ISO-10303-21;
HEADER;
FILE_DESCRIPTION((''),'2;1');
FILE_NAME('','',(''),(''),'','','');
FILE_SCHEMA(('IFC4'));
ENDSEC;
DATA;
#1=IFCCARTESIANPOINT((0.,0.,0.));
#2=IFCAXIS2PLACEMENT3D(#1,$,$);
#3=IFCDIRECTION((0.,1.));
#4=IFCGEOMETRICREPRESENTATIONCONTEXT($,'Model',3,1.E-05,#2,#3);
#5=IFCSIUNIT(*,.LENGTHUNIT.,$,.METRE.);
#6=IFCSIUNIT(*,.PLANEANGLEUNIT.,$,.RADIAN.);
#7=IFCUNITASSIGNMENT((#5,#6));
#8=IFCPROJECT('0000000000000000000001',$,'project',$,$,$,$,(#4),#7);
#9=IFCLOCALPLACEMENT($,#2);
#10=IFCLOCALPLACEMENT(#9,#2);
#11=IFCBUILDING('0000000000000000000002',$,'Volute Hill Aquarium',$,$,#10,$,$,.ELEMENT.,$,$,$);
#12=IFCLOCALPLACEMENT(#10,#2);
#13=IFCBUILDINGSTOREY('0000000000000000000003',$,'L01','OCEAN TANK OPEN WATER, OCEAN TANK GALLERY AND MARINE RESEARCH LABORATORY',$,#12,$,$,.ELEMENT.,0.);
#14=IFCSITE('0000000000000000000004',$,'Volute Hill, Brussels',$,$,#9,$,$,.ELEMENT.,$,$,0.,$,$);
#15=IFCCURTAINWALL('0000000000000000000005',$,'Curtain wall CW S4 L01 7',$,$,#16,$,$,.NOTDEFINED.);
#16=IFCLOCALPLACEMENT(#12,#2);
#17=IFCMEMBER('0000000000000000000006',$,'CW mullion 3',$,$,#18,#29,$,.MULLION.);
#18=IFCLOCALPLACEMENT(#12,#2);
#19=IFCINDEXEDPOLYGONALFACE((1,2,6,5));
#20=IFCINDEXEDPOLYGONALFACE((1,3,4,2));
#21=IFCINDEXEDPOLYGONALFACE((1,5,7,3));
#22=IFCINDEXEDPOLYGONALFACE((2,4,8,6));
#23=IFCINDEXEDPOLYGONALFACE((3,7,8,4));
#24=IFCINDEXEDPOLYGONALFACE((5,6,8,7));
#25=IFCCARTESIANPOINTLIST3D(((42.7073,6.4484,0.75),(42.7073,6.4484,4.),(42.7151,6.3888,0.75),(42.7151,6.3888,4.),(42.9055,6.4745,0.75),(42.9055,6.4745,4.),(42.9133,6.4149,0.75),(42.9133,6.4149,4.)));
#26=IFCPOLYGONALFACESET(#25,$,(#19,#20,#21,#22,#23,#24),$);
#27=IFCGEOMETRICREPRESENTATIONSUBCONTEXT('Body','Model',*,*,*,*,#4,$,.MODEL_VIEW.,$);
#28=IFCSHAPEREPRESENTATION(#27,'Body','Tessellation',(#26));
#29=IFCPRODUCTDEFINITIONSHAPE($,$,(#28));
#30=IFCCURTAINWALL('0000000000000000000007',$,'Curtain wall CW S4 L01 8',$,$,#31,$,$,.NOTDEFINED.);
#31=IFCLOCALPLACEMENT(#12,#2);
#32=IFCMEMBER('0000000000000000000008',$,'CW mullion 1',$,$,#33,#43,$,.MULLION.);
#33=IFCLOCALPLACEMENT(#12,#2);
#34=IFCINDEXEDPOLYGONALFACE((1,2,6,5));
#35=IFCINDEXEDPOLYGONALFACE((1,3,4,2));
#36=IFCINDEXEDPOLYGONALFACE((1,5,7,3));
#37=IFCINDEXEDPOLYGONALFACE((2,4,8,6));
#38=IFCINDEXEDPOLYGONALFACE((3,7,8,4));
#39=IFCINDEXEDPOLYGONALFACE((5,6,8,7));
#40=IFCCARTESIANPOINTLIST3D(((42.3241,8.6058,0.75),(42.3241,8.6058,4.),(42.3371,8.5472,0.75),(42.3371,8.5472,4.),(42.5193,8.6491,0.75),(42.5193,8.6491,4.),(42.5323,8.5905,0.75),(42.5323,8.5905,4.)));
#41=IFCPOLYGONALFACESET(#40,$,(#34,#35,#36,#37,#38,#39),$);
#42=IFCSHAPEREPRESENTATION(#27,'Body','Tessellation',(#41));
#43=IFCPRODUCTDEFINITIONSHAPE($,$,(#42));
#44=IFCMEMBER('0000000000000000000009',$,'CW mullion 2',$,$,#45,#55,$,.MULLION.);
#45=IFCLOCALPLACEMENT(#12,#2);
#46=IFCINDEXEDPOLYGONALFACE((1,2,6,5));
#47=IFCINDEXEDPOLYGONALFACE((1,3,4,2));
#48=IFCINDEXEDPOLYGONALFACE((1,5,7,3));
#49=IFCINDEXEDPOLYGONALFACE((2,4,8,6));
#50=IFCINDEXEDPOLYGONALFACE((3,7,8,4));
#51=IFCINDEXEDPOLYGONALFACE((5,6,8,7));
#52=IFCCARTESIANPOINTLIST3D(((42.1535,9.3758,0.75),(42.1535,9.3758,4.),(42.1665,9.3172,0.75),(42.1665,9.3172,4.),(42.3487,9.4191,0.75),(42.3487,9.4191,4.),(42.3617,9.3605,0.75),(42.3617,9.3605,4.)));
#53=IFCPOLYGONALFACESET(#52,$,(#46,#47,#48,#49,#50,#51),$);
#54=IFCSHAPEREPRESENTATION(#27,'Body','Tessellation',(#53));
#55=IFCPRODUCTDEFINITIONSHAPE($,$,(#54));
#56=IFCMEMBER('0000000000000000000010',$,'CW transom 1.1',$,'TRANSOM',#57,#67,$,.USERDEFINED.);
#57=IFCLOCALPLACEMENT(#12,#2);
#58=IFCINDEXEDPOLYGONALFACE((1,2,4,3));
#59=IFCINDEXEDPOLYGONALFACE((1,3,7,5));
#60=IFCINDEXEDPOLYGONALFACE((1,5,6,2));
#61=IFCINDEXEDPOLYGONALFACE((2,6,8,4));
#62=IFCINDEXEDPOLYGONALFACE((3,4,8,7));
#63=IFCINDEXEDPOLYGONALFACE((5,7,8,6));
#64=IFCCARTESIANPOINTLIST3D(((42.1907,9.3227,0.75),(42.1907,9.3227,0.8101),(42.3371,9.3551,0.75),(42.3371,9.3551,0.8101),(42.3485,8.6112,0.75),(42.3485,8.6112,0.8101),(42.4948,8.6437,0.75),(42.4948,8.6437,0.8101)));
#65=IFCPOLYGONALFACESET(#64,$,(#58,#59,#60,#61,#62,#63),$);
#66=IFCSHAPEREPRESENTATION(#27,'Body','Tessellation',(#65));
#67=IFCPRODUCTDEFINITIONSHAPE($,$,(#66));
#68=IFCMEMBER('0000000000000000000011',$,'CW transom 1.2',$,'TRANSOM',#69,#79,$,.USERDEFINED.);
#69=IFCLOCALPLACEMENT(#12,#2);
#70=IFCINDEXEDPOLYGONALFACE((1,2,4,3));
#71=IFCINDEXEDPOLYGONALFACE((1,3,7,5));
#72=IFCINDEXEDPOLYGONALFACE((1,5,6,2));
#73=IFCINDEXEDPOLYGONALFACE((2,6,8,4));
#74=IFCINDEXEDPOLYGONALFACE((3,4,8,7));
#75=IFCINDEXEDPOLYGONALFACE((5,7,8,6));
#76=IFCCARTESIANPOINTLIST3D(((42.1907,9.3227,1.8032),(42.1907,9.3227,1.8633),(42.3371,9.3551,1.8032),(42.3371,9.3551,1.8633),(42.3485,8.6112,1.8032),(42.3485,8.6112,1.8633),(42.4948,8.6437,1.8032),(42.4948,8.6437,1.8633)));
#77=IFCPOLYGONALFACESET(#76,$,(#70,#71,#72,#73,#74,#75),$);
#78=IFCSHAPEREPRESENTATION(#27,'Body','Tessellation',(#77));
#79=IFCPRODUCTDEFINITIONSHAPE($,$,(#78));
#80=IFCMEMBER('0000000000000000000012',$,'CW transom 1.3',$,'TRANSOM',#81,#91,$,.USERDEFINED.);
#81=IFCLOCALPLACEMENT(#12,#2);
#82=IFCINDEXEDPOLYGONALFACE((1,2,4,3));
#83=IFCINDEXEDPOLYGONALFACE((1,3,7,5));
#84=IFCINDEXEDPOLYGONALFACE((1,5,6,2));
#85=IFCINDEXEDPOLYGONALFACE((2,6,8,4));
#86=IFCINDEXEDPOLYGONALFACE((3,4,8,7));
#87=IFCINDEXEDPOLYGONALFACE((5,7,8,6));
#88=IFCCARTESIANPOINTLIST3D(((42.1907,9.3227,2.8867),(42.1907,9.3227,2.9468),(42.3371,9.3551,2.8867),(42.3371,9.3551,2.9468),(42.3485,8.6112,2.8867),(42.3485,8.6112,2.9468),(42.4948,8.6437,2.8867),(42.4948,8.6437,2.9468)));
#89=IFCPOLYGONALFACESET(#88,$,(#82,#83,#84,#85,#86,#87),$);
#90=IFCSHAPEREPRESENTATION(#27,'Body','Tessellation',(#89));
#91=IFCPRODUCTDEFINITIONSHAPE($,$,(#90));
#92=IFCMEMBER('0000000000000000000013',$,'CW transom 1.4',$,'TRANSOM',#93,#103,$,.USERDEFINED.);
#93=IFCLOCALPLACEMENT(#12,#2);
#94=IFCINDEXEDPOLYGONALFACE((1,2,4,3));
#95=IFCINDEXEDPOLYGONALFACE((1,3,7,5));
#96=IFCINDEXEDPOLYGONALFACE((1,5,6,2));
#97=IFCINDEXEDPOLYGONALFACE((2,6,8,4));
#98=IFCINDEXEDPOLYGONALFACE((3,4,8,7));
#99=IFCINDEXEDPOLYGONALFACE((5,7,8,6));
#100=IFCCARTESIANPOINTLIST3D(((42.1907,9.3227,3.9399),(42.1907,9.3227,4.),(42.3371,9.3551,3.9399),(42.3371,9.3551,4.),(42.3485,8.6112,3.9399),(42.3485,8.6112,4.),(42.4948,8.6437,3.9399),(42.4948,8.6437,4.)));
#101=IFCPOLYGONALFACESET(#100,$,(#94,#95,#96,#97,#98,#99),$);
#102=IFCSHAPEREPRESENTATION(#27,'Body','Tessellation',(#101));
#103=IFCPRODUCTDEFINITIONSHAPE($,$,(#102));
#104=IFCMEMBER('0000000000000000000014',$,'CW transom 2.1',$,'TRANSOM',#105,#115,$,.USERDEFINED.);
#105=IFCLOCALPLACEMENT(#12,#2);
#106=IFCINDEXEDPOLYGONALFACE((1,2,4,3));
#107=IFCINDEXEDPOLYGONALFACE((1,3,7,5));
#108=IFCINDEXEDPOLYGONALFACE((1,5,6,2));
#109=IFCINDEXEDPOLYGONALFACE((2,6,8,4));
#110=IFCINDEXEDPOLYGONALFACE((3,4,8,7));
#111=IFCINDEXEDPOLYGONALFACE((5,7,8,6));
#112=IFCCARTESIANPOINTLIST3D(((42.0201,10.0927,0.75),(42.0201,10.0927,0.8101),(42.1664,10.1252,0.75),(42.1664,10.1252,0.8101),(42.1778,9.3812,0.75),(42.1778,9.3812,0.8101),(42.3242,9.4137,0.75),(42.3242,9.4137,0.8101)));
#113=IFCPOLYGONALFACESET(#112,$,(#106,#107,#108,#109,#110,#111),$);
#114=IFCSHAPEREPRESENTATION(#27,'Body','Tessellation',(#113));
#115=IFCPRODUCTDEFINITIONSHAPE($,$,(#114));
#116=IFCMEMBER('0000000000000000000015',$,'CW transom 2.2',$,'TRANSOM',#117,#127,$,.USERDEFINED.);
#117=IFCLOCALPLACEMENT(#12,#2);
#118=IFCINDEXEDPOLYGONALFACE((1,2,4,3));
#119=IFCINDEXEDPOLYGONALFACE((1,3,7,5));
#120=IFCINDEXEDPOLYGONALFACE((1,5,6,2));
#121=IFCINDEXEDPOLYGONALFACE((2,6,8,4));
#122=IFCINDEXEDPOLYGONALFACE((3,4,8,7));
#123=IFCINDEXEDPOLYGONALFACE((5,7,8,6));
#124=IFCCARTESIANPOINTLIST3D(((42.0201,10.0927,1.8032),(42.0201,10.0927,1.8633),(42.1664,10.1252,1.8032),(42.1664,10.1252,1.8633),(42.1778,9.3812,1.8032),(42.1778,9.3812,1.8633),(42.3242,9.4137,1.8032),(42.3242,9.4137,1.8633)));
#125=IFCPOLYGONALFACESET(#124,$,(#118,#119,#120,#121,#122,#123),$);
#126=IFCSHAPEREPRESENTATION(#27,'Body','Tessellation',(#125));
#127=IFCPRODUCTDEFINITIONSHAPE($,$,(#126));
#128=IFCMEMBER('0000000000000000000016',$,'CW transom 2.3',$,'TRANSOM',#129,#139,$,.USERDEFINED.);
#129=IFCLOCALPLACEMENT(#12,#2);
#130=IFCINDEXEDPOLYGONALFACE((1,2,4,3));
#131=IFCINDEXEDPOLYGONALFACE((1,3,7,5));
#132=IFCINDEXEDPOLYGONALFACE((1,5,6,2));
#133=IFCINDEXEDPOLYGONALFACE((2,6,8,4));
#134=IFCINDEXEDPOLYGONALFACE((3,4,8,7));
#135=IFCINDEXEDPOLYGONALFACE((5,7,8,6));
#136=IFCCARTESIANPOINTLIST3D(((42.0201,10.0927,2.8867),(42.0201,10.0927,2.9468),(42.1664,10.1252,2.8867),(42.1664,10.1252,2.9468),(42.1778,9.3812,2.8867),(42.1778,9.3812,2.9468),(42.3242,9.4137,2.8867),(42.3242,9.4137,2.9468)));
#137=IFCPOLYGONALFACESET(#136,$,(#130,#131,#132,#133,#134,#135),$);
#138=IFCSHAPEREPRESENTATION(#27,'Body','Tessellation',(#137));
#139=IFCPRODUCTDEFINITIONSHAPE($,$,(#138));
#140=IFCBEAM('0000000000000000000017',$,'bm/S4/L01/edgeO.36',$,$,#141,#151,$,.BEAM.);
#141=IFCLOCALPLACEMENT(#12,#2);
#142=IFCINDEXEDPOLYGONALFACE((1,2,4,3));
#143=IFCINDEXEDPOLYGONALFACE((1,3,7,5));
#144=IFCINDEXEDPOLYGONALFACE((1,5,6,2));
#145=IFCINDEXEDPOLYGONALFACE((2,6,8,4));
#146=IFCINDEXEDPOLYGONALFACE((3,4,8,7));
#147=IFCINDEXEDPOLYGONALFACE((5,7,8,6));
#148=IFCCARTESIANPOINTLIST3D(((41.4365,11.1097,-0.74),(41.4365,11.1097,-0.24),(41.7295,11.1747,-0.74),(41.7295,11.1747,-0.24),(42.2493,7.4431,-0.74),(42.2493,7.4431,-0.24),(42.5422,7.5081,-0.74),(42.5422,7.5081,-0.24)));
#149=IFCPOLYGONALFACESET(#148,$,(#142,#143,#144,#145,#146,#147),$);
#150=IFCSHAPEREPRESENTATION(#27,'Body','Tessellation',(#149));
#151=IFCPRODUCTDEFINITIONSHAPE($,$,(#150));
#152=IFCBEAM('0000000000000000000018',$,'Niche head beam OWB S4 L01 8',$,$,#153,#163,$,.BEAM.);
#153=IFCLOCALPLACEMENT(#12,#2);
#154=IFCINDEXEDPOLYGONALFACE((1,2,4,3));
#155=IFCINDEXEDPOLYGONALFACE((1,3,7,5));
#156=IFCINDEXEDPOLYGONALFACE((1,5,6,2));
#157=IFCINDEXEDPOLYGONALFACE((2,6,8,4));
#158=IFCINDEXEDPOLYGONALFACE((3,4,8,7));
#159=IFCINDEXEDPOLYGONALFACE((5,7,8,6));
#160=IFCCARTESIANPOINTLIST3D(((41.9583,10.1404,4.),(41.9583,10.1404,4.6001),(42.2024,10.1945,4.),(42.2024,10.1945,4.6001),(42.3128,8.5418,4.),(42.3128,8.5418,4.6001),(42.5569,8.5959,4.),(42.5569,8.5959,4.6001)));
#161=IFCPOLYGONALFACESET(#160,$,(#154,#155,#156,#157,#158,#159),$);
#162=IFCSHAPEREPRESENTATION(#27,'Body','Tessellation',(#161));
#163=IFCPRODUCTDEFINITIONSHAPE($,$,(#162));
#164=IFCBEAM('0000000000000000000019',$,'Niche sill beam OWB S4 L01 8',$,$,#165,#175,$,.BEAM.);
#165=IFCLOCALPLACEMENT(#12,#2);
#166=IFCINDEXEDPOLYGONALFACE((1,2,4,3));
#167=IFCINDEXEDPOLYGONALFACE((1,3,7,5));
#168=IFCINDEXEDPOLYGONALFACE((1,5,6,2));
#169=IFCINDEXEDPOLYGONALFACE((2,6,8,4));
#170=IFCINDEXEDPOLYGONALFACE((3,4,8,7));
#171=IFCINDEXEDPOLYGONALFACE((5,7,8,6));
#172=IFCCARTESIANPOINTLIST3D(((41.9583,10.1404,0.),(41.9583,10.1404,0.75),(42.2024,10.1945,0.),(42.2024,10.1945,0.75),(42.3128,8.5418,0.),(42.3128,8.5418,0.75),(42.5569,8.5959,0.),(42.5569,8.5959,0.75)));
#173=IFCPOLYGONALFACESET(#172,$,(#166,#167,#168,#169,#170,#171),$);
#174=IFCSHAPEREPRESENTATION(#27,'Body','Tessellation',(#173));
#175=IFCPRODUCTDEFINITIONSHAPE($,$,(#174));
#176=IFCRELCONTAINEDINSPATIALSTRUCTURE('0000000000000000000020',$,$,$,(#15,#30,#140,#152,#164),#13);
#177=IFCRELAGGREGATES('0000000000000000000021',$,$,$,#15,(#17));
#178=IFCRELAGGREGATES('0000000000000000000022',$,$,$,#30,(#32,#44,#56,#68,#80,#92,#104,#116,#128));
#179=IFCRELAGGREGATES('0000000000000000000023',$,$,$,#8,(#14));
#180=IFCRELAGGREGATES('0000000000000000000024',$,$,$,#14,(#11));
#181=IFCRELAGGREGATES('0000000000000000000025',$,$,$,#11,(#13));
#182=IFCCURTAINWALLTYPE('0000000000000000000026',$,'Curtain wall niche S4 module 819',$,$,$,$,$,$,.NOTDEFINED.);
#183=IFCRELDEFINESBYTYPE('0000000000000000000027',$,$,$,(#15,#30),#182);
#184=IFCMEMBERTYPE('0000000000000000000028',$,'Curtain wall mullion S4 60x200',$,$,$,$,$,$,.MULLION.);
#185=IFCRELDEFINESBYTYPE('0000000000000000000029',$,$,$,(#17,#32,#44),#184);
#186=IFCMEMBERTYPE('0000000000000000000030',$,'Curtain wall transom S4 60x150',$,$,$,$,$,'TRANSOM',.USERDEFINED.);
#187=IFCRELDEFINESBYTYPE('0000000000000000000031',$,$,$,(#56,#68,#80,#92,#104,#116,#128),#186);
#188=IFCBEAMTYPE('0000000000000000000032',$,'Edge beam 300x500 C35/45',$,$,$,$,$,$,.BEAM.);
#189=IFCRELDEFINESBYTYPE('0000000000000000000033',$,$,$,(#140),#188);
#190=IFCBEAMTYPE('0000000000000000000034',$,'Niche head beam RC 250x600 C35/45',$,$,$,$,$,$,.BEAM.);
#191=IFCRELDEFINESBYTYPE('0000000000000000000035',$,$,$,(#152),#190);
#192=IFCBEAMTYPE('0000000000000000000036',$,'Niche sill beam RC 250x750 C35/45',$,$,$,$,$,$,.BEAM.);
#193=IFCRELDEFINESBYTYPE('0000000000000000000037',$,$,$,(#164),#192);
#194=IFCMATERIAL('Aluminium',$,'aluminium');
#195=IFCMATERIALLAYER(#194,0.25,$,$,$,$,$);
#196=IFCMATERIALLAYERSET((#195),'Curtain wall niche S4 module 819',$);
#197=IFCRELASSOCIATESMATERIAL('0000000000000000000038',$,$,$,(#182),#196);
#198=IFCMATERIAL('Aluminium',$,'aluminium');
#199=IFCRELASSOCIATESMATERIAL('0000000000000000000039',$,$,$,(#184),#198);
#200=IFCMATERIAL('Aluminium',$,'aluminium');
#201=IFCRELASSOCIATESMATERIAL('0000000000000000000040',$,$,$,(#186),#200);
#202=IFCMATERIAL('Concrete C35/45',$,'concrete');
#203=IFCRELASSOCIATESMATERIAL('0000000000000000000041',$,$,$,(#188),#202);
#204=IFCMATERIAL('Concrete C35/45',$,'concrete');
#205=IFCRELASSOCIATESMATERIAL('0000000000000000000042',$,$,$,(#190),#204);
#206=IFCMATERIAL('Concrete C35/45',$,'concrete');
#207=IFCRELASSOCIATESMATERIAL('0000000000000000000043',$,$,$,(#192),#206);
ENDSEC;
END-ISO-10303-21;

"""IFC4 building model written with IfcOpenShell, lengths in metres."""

from ifc_helpers import new_model, si_unit, direction, frame, origin, origin_2d, place, context, subcontext, project, spatial, rectangle, extrude, material, layer, layer_set, material_profile, profile_set, type_object, element, aggregate, save


model = new_model("IFC4")

# Units and contexts
model_context = context("Model", 3, precision=1e-05, world=origin(), true_north=direction((0.0, 1.0)))
body_context = subcontext(model_context, "Body", "Model", "MODEL_VIEW")
ifc_project = project(units=[si_unit("LENGTHUNIT", "METRE"), si_unit("PLANEANGLEUNIT", "RADIAN")], contexts=[model_context])

# Site, building, storey
site_placement = place(None, origin())
site = spatial("IfcSite", under=ifc_project, at=site_placement, Name="Volute Hill, Brussels", CompositionType="ELEMENT", RefElevation=0.0)
building_placement = place(site_placement, origin())
building = spatial("IfcBuilding", under=site, at=building_placement, Name="Volute Hill Aquarium", CompositionType="ELEMENT")
storey_placement = place(building_placement, origin())
storey = spatial("IfcBuildingStorey", under=building, at=storey_placement, Name="L01", Description="OCEAN TANK OPEN WATER, OCEAN TANK GALLERY AND MARINE RESEARCH LABORATORY", CompositionType="ELEMENT", Elevation=0.0)

# Curtain wall, member
ifc_material_1 = material(Name="Aluminium", Category="aluminium")
ifc_layer_1 = layer(ifc_material_1, 0.25)
ifc_layer_set_1 = layer_set([ifc_layer_1], Name="Curtain wall niche S4 module 819")
curtain_wall_type = type_object("IfcCurtainWallType", Name="Curtain wall niche S4 module 819", PredefinedType="NOTDEFINED", material=ifc_layer_set_1)
curtain_wall_1_placement = place(storey_placement, origin())
curtain_wall_1 = element("IfcCurtainWall", 1, at=curtain_wall_1_placement, inside=storey, type_object=curtain_wall_type, Name="Curtain wall CW S4 L01 7", PredefinedType="NOTDEFINED")
ifc_material_2 = material(Name="Aluminium", Category="aluminium")
ifc_material_profile_1 = material_profile(ifc_material_2, rectangle(XDim=0.2, YDim=0.0601, at=origin_2d()), Name="Curtain wall mullion S4 60x200")
ifc_profile_set_1 = profile_set([ifc_material_profile_1], Name="Aluminium")
member_type_1 = type_object("IfcMemberType", Name="Curtain wall mullion S4 60x200", PredefinedType="MULLION", material=ifc_profile_set_1)
member_1_placement = place(storey_placement, frame((42.8103, 6.4316, 0.75), z_axis=(0.0, 0.0, 1.0), x_axis=(-0.991446, -0.130516, 0.0)))
member_1 = element("IfcMember", 2, at=member_1_placement, type_object=member_type_1, Name="CW mullion 3", PredefinedType="MULLION", context=body_context, shape_type="SweptSolid", body=[
    extrude(rectangle(XDim=0.2, YDim=0.0601, at=origin_2d()), origin(), (0.0, 0.0, 1.0), 3.25),
])

# Curtain wall, members
curtain_wall_2_placement = place(storey_placement, origin())
curtain_wall_2 = element("IfcCurtainWall", 3, at=curtain_wall_2_placement, inside=storey, type_object=curtain_wall_type, Name="Curtain wall CW S4 L01 8", PredefinedType="NOTDEFINED")
member_2_placement = place(storey_placement, frame((42.4282, 8.5981, 0.75), z_axis=(0.0, 0.0, 1.0), x_axis=(-0.976297, -0.216436, 0.0)))
member_2 = element("IfcMember", 4, at=member_2_placement, type_object=member_type_1, Name="CW mullion 1", PredefinedType="MULLION", context=body_context, shape_type="SweptSolid", body=[
    extrude(rectangle(XDim=0.2, YDim=0.0601, at=origin_2d()), origin(), (0.0, 0.0, 1.0), 3.25),
])
member_3_placement = place(storey_placement, frame((42.2576, 9.3682, 0.75), z_axis=(0.0, 0.0, 1.0), x_axis=(-0.976297, -0.216436, 0.0)))
member_3 = element("IfcMember", 5, at=member_3_placement, type_object=member_type_1, Name="CW mullion 2", PredefinedType="MULLION", context=body_context, shape_type="SweptSolid", body=[
    extrude(rectangle(XDim=0.2, YDim=0.0601, at=origin_2d()), origin(), (0.0, 0.0, 1.0), 3.25),
])
ifc_material_3 = material(Name="Aluminium", Category="aluminium")
ifc_material_profile_2 = material_profile(ifc_material_3, rectangle(XDim=0.1499, YDim=0.0601, at=origin_2d()), Name="Curtain wall transom S4 60x150")
ifc_profile_set_2 = profile_set([ifc_material_profile_2], Name="Aluminium")
member_type_2 = type_object("IfcMemberType", Name="Curtain wall transom S4 60x150", ElementType="TRANSOM", PredefinedType="USERDEFINED", material=ifc_profile_set_2)
member_4_placement = place(storey_placement, frame((42.4216, 8.6274, 0.78), z_axis=(-0.216434, 0.976297, 0.0), x_axis=(-0.976297, -0.216434, 0.0)))
member_4 = element("IfcMember", 6, at=member_4_placement, type_object=member_type_2, Name="CW transom 1.1", ObjectType="TRANSOM", PredefinedType="USERDEFINED", context=body_context, shape_type="SweptSolid", body=[
    extrude(rectangle(XDim=0.1499, YDim=0.0601, at=origin_2d()), origin(), (0.0, 0.0, 1.0), 0.7288),
])
member_5_placement = place(storey_placement, frame((42.4216, 8.6274, 1.8333), z_axis=(-0.216434, 0.976297, 0.0), x_axis=(-0.976297, -0.216434, 0.0)))
member_5 = element("IfcMember", 7, at=member_5_placement, type_object=member_type_2, Name="CW transom 1.2", ObjectType="TRANSOM", PredefinedType="USERDEFINED", context=body_context, shape_type="SweptSolid", body=[
    extrude(rectangle(XDim=0.1499, YDim=0.0601, at=origin_2d()), origin(), (0.0, 0.0, 1.0), 0.7288),
])
member_6_placement = place(storey_placement, frame((42.4216, 8.6274, 2.9167), z_axis=(-0.216434, 0.976297, 0.0), x_axis=(-0.976297, -0.216434, 0.0)))
member_6 = element("IfcMember", 8, at=member_6_placement, type_object=member_type_2, Name="CW transom 1.3", ObjectType="TRANSOM", PredefinedType="USERDEFINED", context=body_context, shape_type="SweptSolid", body=[
    extrude(rectangle(XDim=0.1499, YDim=0.0601, at=origin_2d()), origin(), (0.0, 0.0, 1.0), 0.7288),
])
member_7_placement = place(storey_placement, frame((42.4216, 8.6274, 3.97), z_axis=(-0.216434, 0.976297, 0.0), x_axis=(-0.976297, -0.216434, 0.0)))
member_7 = element("IfcMember", 9, at=member_7_placement, type_object=member_type_2, Name="CW transom 1.4", ObjectType="TRANSOM", PredefinedType="USERDEFINED", context=body_context, shape_type="SweptSolid", body=[
    extrude(rectangle(XDim=0.1499, YDim=0.0601, at=origin_2d()), origin(), (0.0, 0.0, 1.0), 0.7288),
])
member_8_placement = place(storey_placement, frame((42.251, 9.3975, 0.78), z_axis=(-0.216434, 0.976297, 0.0), x_axis=(-0.976297, -0.216434, 0.0)))
member_8 = element("IfcMember", 10, at=member_8_placement, type_object=member_type_2, Name="CW transom 2.1", ObjectType="TRANSOM", PredefinedType="USERDEFINED", context=body_context, shape_type="SweptSolid", body=[
    extrude(rectangle(XDim=0.1499, YDim=0.0601, at=origin_2d()), origin(), (0.0, 0.0, 1.0), 0.7288),
])
member_9_placement = place(storey_placement, frame((42.251, 9.3975, 1.8333), z_axis=(-0.216434, 0.976297, 0.0), x_axis=(-0.976297, -0.216434, 0.0)))
member_9 = element("IfcMember", 11, at=member_9_placement, type_object=member_type_2, Name="CW transom 2.2", ObjectType="TRANSOM", PredefinedType="USERDEFINED", context=body_context, shape_type="SweptSolid", body=[
    extrude(rectangle(XDim=0.1499, YDim=0.0601, at=origin_2d()), origin(), (0.0, 0.0, 1.0), 0.7288),
])
member_10_placement = place(storey_placement, frame((42.251, 9.3975, 2.9167), z_axis=(-0.216434, 0.976297, 0.0), x_axis=(-0.976297, -0.216434, 0.0)))
member_10 = element("IfcMember", 12, at=member_10_placement, type_object=member_type_2, Name="CW transom 2.3", ObjectType="TRANSOM", PredefinedType="USERDEFINED", context=body_context, shape_type="SweptSolid", body=[
    extrude(rectangle(XDim=0.1499, YDim=0.0601, at=origin_2d()), origin(), (0.0, 0.0, 1.0), 0.7288),
])

# Beams
ifc_material_4 = material(Name="Concrete C35/45", Category="concrete")
ifc_material_profile_3 = material_profile(ifc_material_4, rectangle(XDim=0.3, YDim=0.5, at=origin_2d()), Name="RC edge beam 300x500")
ifc_profile_set_3 = profile_set([ifc_material_profile_3], Name="Concrete C35/45")
beam_type_1 = type_object("IfcBeamType", Name="Edge beam 300x500 C35/45", PredefinedType="BEAM", material=ifc_profile_set_3)
beam_1_placement = place(storey_placement, frame((42.3958, 7.4756, -0.49), z_axis=(-0.216414, 0.976302, 0.0), x_axis=(-0.976302, -0.216414, 0.0)))
element("IfcBeam", 13, at=beam_1_placement, inside=storey, type_object=beam_type_1, Name="bm/S4/L01/edgeO.36", PredefinedType="BEAM", context=body_context, shape_type="SweptSolid", body=[
    extrude(rectangle(XDim=0.3, YDim=0.5, at=origin_2d()), origin(), (0.0, 0.0, 1.0), 3.7556),
])
ifc_material_5 = material(Name="Concrete C35/45", Category="concrete")
ifc_material_profile_4 = material_profile(ifc_material_5, rectangle(XDim=0.25, YDim=0.6001, at=origin_2d()), Name="RC beam 250x600")
ifc_profile_set_4 = profile_set([ifc_material_profile_4], Name="Concrete C35/45")
beam_type_2 = type_object("IfcBeamType", Name="Niche head beam RC 250x600 C35/45", PredefinedType="BEAM", material=ifc_profile_set_4)
beam_2_placement = place(storey_placement, frame((42.4348, 8.5688, 4.3), z_axis=(-0.216488, 0.976285, 0.0), x_axis=(-0.976285, -0.216488, 0.0)))
element("IfcBeam", 14, at=beam_2_placement, inside=storey, type_object=beam_type_2, Name="Niche head beam OWB S4 L01 8", PredefinedType="BEAM", context=body_context, shape_type="SweptSolid", body=[
    extrude(rectangle(XDim=0.25, YDim=0.6001, at=origin_2d()), origin(), (0.0, 0.0, 1.0), 1.6375),
])
ifc_material_6 = material(Name="Concrete C35/45", Category="concrete")
ifc_material_profile_5 = material_profile(ifc_material_6, rectangle(XDim=0.25, YDim=0.75, at=origin_2d()), Name="RC beam 250x750")
ifc_profile_set_5 = profile_set([ifc_material_profile_5], Name="Concrete C35/45")
beam_type_3 = type_object("IfcBeamType", Name="Niche sill beam RC 250x750 C35/45", PredefinedType="BEAM", material=ifc_profile_set_5)
beam_3_placement = place(storey_placement, frame((42.4348, 8.5688, 0.375), z_axis=(-0.216488, 0.976285, 0.0), x_axis=(-0.976285, -0.216488, 0.0)))
element("IfcBeam", 15, at=beam_3_placement, inside=storey, type_object=beam_type_3, Name="Niche sill beam OWB S4 L01 8", PredefinedType="BEAM", context=body_context, shape_type="SweptSolid", body=[
    extrude(rectangle(XDim=0.25, YDim=0.75, at=origin_2d()), origin(), (0.0, 0.0, 1.0), 1.6375),
])

aggregate(curtain_wall_1, [member_1])
aggregate(curtain_wall_2, [member_2, member_3, member_4, member_5, member_6, member_7, member_8, member_9, member_10])

save(model, "model.ifc")
